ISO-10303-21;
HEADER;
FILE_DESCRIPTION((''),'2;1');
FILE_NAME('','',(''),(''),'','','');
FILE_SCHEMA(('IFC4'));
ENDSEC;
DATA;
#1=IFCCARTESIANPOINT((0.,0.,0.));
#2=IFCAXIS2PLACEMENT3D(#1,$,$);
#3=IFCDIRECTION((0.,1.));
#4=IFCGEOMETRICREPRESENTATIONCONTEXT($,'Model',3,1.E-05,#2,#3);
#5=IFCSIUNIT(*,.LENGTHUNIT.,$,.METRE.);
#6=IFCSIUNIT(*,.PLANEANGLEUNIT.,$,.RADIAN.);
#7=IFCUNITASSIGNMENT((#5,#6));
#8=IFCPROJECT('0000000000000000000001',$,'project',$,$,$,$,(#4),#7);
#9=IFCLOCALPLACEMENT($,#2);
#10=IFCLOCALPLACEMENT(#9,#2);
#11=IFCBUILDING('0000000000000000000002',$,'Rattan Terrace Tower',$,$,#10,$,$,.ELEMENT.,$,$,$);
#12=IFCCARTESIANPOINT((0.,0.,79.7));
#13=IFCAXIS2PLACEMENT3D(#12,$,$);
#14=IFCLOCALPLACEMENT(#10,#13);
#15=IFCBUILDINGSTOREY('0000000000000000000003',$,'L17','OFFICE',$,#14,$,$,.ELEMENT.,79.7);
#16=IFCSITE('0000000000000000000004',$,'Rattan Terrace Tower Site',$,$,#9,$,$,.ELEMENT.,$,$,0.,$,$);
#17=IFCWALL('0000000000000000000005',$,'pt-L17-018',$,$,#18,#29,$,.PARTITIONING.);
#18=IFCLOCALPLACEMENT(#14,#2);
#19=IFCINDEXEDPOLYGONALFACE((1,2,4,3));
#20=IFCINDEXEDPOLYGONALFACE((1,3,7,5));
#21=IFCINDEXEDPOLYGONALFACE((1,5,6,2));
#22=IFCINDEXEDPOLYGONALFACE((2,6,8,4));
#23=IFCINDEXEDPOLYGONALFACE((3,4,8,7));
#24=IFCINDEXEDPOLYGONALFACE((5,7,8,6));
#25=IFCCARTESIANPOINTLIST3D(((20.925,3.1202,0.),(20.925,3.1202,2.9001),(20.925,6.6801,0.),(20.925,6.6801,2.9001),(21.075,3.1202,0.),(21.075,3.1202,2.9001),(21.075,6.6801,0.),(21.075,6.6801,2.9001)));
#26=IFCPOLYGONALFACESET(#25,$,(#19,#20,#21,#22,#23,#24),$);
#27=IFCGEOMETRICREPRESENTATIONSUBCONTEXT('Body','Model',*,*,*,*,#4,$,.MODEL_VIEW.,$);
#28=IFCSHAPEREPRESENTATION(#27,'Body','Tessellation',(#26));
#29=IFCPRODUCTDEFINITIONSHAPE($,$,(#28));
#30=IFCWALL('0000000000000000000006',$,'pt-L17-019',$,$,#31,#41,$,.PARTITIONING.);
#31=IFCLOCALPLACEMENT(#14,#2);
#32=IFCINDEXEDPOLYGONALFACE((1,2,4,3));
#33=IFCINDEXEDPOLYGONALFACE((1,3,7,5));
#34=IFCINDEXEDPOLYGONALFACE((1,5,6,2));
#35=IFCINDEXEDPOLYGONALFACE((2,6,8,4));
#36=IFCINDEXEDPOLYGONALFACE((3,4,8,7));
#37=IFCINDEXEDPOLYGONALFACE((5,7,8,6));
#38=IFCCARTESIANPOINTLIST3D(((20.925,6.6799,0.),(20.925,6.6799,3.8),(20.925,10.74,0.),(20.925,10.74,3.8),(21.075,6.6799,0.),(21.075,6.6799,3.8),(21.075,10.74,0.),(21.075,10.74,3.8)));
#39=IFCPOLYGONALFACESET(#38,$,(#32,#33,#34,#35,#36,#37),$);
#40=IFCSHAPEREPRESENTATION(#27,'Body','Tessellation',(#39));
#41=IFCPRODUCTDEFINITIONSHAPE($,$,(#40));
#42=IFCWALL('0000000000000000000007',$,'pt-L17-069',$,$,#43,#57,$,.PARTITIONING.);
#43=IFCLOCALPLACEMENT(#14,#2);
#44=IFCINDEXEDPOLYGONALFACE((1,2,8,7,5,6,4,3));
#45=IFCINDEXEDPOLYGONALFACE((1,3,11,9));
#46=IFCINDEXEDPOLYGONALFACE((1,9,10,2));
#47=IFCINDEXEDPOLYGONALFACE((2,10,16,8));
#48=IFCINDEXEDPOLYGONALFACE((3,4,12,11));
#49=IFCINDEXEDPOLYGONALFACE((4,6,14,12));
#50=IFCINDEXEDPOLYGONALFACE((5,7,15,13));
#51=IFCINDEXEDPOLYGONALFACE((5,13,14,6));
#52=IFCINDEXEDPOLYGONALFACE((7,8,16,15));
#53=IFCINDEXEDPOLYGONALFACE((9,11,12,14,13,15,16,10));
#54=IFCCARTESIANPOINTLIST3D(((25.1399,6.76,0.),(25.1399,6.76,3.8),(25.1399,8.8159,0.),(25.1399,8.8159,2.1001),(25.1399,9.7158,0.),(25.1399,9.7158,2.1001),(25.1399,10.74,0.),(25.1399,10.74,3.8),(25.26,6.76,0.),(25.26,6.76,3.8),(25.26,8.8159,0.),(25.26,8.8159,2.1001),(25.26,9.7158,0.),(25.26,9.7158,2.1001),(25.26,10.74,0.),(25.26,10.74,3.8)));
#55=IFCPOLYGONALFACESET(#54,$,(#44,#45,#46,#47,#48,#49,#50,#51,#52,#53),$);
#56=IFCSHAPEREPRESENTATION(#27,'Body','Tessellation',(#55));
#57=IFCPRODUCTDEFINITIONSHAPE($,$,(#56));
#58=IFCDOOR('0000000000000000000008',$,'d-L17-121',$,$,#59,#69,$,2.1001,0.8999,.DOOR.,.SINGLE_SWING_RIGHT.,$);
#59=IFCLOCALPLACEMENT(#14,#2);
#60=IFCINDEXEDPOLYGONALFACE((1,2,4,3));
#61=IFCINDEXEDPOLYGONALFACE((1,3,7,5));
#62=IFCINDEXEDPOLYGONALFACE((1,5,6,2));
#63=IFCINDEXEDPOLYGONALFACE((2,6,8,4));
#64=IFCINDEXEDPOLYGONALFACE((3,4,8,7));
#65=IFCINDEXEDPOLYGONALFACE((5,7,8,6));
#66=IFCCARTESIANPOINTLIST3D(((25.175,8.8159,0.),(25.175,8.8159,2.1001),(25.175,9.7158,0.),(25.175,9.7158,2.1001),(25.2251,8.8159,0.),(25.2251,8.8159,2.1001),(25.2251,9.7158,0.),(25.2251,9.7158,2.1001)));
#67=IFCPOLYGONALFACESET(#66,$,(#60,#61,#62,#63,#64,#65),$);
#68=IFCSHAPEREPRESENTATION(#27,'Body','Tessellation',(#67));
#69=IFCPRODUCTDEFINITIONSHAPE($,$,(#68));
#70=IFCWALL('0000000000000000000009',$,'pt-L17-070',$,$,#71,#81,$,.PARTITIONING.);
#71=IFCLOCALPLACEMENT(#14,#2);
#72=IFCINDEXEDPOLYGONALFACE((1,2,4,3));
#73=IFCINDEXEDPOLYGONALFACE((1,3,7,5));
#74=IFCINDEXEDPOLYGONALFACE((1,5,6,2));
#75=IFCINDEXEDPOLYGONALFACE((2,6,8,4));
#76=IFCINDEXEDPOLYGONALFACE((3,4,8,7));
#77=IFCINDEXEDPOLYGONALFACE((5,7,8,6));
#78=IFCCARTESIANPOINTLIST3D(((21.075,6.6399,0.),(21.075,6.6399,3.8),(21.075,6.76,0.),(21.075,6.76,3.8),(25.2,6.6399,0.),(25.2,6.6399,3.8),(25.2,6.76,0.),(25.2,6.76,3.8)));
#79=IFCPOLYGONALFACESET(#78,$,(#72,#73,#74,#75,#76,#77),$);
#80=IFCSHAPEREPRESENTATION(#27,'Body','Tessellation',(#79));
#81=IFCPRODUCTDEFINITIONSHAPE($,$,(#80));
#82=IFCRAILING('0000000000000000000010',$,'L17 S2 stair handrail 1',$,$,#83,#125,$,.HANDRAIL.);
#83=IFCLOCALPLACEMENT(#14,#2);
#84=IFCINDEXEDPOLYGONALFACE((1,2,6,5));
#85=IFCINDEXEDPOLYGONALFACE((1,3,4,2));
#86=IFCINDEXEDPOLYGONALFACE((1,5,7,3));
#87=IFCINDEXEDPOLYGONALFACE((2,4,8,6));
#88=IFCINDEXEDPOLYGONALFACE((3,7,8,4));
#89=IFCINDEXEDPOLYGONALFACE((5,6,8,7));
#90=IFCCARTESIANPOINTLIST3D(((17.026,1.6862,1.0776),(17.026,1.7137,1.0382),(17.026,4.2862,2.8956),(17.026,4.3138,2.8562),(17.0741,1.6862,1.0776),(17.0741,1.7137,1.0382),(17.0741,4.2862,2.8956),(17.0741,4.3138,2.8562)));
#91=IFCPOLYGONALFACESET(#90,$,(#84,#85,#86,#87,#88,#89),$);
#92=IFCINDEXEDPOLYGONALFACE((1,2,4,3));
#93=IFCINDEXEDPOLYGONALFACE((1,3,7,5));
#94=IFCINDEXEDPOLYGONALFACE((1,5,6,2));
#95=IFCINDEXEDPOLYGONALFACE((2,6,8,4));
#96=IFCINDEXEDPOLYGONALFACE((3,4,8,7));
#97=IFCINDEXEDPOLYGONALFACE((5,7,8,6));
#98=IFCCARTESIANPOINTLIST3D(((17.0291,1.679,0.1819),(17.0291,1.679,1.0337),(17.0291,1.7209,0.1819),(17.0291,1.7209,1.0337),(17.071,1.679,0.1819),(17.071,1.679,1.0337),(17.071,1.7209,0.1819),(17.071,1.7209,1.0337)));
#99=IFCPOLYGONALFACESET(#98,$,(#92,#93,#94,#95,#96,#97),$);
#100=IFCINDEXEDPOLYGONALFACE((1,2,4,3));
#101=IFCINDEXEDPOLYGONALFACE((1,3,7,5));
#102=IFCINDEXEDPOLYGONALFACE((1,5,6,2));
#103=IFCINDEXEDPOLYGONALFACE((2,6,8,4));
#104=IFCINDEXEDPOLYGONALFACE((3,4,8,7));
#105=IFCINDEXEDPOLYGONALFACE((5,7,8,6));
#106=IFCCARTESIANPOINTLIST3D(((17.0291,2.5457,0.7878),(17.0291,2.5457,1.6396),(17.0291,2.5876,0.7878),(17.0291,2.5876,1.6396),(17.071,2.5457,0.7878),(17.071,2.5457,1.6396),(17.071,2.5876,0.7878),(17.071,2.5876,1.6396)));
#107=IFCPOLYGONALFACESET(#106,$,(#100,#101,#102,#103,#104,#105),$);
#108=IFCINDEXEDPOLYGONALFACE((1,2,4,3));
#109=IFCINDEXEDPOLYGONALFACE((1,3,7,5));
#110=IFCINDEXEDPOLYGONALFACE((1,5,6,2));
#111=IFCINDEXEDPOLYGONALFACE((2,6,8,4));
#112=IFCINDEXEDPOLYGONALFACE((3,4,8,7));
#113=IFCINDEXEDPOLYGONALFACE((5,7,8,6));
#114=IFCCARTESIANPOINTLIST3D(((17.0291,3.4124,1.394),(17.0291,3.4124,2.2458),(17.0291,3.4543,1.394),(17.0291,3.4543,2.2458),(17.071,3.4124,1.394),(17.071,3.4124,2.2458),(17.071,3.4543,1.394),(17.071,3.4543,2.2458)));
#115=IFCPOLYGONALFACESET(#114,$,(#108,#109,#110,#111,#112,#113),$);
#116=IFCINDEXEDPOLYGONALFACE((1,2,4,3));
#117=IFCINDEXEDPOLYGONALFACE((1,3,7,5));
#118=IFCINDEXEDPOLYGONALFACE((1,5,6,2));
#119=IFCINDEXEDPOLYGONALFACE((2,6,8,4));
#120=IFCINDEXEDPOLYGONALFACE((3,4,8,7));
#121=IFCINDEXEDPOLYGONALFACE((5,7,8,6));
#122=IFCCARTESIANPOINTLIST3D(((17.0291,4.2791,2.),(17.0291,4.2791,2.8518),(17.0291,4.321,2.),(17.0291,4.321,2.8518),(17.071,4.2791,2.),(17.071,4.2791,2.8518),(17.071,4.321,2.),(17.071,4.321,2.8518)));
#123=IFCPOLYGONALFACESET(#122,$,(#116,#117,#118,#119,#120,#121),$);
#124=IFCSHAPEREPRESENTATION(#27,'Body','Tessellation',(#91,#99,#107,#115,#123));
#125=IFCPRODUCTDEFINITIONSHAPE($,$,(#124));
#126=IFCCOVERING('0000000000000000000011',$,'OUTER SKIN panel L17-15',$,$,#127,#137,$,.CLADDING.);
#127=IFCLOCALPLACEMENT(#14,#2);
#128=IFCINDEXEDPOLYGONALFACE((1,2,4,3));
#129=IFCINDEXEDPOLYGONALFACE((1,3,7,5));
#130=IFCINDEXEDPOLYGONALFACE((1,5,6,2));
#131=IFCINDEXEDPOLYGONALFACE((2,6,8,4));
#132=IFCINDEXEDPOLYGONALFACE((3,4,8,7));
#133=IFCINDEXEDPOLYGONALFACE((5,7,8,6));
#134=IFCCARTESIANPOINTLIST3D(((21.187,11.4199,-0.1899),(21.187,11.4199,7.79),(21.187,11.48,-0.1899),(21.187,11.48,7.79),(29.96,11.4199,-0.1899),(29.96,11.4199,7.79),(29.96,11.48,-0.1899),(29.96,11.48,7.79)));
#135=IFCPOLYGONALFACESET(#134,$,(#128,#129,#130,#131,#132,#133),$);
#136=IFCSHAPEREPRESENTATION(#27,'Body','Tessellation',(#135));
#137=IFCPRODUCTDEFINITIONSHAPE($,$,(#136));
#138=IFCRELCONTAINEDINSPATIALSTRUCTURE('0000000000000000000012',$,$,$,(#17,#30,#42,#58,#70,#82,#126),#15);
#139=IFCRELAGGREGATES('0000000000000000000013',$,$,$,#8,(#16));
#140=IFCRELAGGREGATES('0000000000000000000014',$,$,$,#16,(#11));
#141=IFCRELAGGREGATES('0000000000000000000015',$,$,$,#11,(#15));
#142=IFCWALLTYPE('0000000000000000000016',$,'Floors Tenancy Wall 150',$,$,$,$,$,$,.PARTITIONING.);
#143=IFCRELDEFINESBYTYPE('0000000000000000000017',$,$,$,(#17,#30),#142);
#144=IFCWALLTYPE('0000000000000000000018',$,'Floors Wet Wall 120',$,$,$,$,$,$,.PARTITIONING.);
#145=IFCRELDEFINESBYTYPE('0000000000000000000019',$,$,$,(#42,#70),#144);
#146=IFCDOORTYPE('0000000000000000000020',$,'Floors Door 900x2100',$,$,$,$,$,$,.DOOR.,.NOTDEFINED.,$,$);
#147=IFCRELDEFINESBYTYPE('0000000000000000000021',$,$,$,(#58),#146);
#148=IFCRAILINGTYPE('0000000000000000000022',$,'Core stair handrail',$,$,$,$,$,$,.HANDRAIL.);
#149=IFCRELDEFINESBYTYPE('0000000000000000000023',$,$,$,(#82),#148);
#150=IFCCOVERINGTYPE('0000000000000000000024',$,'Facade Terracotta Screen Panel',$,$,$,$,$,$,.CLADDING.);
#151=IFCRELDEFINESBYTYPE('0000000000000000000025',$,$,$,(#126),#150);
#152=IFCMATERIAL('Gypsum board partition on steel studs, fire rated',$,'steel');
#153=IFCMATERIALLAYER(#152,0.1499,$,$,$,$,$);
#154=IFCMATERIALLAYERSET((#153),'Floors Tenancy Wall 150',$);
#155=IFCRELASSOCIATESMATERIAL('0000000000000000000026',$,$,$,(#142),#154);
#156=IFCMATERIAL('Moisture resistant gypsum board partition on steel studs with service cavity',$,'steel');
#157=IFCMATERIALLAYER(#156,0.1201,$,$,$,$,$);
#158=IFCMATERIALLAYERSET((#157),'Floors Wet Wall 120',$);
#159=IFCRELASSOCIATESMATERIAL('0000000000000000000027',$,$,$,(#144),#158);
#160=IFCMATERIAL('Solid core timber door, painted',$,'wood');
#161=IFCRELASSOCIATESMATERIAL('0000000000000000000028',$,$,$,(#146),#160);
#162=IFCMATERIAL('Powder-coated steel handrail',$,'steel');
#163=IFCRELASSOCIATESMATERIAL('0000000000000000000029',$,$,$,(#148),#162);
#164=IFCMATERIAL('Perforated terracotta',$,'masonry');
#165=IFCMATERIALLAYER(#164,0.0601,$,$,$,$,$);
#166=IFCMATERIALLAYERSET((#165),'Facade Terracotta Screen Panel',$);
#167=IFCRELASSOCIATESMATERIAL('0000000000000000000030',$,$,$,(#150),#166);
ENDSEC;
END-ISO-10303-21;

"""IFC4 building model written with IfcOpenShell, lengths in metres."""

from ifc_helpers import new_model, si_unit, direction, frame, frame_2d, origin, origin_2d, place, context, subcontext, project, spatial, rectangle, extrude, material, layer, layer_set, type_object, element, fill, save


model = new_model("IFC4")

# Units and contexts
model_context = context("Model", 3, precision=1e-05, world=origin(), true_north=direction((0.0, 1.0)))
body_context = subcontext(model_context, "Body", "Model", "MODEL_VIEW")
ifc_project = project(units=[si_unit("LENGTHUNIT", "METRE"), si_unit("PLANEANGLEUNIT", "RADIAN")], contexts=[model_context])

# Site, building, storey
site_placement = place(None, origin())
site = spatial("IfcSite", under=ifc_project, at=site_placement, Name="Rattan Terrace Tower Site", CompositionType="ELEMENT", RefElevation=0.0)
building_placement = place(site_placement, origin())
building = spatial("IfcBuilding", under=site, at=building_placement, Name="Rattan Terrace Tower", CompositionType="ELEMENT")
storey_placement = place(building_placement, frame((0.0, 0.0, 79.7)))
storey = spatial("IfcBuildingStorey", under=building, at=storey_placement, Name="L17", Description="OFFICE", CompositionType="ELEMENT", Elevation=79.7)

# Shared definitions
ifc_material_1 = material(Name="Gypsum board partition on steel studs, fire rated", Category="steel")
ifc_layer_1 = layer(ifc_material_1, 0.1499)
ifc_layer_set_1 = layer_set([ifc_layer_1], Name="Floors Tenancy Wall 150")
wall_type_1 = type_object("IfcWallType", Name="Floors Tenancy Wall 150", PredefinedType="PARTITIONING", material=ifc_layer_set_1)

# Walls
wall_1_placement = place(storey_placement, frame((21.0, 6.6799, 0.0), z_axis=(0.0, 0.0, 1.0), x_axis=(0.0, -1.0, 0.0)))
element("IfcWall", 1, at=wall_1_placement, inside=storey, type_object=wall_type_1, Name="pt-L17-018", PredefinedType="PARTITIONING", context=body_context, shape_type="SweptSolid", body=[
    extrude(rectangle(XDim=3.5598, YDim=0.1499, at=frame_2d((1.7798, 0.0))), origin(), (0.0, 0.0, 1.0), 2.9001),
])
wall_2_placement = place(storey_placement, frame((21.0, 10.74, 0.0), z_axis=(0.0, 0.0, 1.0), x_axis=(0.0, -1.0, 0.0)))
element("IfcWall", 2, at=wall_2_placement, inside=storey, type_object=wall_type_1, Name="pt-L17-019", PredefinedType="PARTITIONING", context=body_context, shape_type="SweptSolid", body=[
    extrude(rectangle(XDim=4.0601, YDim=0.1499, at=frame_2d((2.03, 0.0))), origin(), (0.0, 0.0, 1.0), 3.8),
])

# Wall, opening, door
ifc_material_2 = material(Name="Moisture resistant gypsum board partition on steel studs with service cavity", Category="steel")
ifc_layer_2 = layer(ifc_material_2, 0.1201)
ifc_layer_set_2 = layer_set([ifc_layer_2], Name="Floors Wet Wall 120")
wall_type_2 = type_object("IfcWallType", Name="Floors Wet Wall 120", PredefinedType="PARTITIONING", material=ifc_layer_set_2)
wall_3_placement = place(storey_placement, frame((25.2, 6.76, 0.0), z_axis=(0.0, 0.0, 1.0), x_axis=(0.0, 1.0, 0.0)))
wall_3 = element("IfcWall", 3, at=wall_3_placement, inside=storey, type_object=wall_type_2, Name="pt-L17-069", PredefinedType="PARTITIONING", context=body_context, shape_type="SweptSolid", body=[
    extrude(rectangle(XDim=3.98, YDim=0.1201, at=frame_2d((1.99, 0.0))), origin(), (0.0, 0.0, 1.0), 3.8),
])
opening_1_placement = place(wall_3_placement, frame((2.0559, 0.0, 0.0)))
opening_1 = element("IfcOpeningElement", 4, at=opening_1_placement, cuts=wall_3, PredefinedType="OPENING", context=body_context, shape_type="SweptSolid", body=[
    extrude(rectangle(XDim=0.8999, YDim=2.1001, at=frame_2d((0.45, 1.05))), frame((0.0, 0.0706, 0.0), z_axis=(0.0, -1.0, 0.0), x_axis=(1.0, 0.0, 0.0)), (0.0, 0.0, 1.0), 0.1411),
])
ifc_material_3 = material(Name="Solid core timber door, painted", Category="wood")
door_type_1 = type_object("IfcDoorType", Name="Floors Door 900x2100", OperationType="NOTDEFINED", PredefinedType="DOOR", material=ifc_material_3)
door_1_placement = place(opening_1_placement, origin())
door_1 = element("IfcDoor", 5, at=door_1_placement, inside=storey, type_object=door_type_1, Name="d-L17-121", OperationType="SINGLE_SWING_RIGHT", OverallHeight=2.1001, OverallWidth=0.8999, PredefinedType="DOOR", context=body_context, shape_type="SweptSolid", body=[
    extrude(rectangle(XDim=0.8999, YDim=2.1001, at=frame_2d((0.45, 1.05))), frame((0.0, 0.0249, 0.0), z_axis=(0.0, -1.0, 0.0), x_axis=(1.0, 0.0, 0.0)), (0.0, 0.0, 1.0), 0.05),
])
fill(opening_1, door_1)

# Wall
wall_4_placement = place(storey_placement, frame((21.075, 6.7, 0.0), z_axis=(0.0, 0.0, 1.0), x_axis=(1.0, 0.0, 0.0)))
element("IfcWall", 6, at=wall_4_placement, inside=storey, type_object=wall_type_2, Name="pt-L17-070", PredefinedType="PARTITIONING", context=body_context, shape_type="SweptSolid", body=[
    extrude(rectangle(XDim=4.125, YDim=0.1201, at=frame_2d((2.0625, 0.0))), origin(), (0.0, 0.0, 1.0), 3.8),
])

# Railing
ifc_material_4 = material(Name="Powder-coated steel handrail", Category="steel")
railing_type = type_object("IfcRailingType", Name="Core stair handrail", PredefinedType="HANDRAIL", material=ifc_material_4)
railing_placement = place(storey_placement, frame((17.05, 1.7, 0.1819)))
element("IfcRailing", 7, at=railing_placement, inside=storey, type_object=railing_type, Name="L17 S2 stair handrail 1", PredefinedType="HANDRAIL", context=body_context, shape_type="SweptSolid", body=[
    extrude(rectangle(XDim=0.0481, YDim=0.0481, at=origin_2d()), frame((0.0, 0.0, 0.876), z_axis=(0.0, 0.819521, 0.573049), x_axis=(-1.0, 0.0, 0.0)), (0.0, 0.0, 1.0), 3.1726),
    extrude(rectangle(XDim=0.042, YDim=0.042, at=origin_2d()), origin(), (0.0, 0.0, 1.0), 0.8518),
    extrude(rectangle(XDim=0.042, YDim=0.042, at=origin_2d()), frame((0.0, 0.8667, 0.606)), (0.0, 0.0, 1.0), 0.8518),
    extrude(rectangle(XDim=0.042, YDim=0.042, at=origin_2d()), frame((0.0, 1.7334, 1.2122)), (0.0, 0.0, 1.0), 0.8518),
    extrude(rectangle(XDim=0.042, YDim=0.042, at=origin_2d()), frame((0.0, 2.6001, 1.8181)), (0.0, 0.0, 1.0), 0.8518),
])

# Covering
ifc_material_5 = material(Name="Perforated terracotta", Category="masonry")
ifc_layer_3 = layer(ifc_material_5, 0.0601)
ifc_layer_set_3 = layer_set([ifc_layer_3], Name="Facade Terracotta Screen Panel")
covering_type = type_object("IfcCoveringType", Name="Facade Terracotta Screen Panel", PredefinedType="CLADDING", material=ifc_layer_set_3)
covering_placement = place(storey_placement, frame((25.5735, 11.45, -0.1899), z_axis=(0.0, 0.0, 1.0), x_axis=(-1.0, 0.0, 0.0)))
element("IfcCovering", 8, at=covering_placement, inside=storey, type_object=covering_type, Name="OUTER SKIN panel L17-15", PredefinedType="CLADDING", context=body_context, shape_type="SweptSolid", body=[
    extrude(rectangle(XDim=8.7729, YDim=0.0601, at=origin_2d()), origin(), (0.0, 0.0, 1.0), 7.98),
])

save(model, "model.ifc")
